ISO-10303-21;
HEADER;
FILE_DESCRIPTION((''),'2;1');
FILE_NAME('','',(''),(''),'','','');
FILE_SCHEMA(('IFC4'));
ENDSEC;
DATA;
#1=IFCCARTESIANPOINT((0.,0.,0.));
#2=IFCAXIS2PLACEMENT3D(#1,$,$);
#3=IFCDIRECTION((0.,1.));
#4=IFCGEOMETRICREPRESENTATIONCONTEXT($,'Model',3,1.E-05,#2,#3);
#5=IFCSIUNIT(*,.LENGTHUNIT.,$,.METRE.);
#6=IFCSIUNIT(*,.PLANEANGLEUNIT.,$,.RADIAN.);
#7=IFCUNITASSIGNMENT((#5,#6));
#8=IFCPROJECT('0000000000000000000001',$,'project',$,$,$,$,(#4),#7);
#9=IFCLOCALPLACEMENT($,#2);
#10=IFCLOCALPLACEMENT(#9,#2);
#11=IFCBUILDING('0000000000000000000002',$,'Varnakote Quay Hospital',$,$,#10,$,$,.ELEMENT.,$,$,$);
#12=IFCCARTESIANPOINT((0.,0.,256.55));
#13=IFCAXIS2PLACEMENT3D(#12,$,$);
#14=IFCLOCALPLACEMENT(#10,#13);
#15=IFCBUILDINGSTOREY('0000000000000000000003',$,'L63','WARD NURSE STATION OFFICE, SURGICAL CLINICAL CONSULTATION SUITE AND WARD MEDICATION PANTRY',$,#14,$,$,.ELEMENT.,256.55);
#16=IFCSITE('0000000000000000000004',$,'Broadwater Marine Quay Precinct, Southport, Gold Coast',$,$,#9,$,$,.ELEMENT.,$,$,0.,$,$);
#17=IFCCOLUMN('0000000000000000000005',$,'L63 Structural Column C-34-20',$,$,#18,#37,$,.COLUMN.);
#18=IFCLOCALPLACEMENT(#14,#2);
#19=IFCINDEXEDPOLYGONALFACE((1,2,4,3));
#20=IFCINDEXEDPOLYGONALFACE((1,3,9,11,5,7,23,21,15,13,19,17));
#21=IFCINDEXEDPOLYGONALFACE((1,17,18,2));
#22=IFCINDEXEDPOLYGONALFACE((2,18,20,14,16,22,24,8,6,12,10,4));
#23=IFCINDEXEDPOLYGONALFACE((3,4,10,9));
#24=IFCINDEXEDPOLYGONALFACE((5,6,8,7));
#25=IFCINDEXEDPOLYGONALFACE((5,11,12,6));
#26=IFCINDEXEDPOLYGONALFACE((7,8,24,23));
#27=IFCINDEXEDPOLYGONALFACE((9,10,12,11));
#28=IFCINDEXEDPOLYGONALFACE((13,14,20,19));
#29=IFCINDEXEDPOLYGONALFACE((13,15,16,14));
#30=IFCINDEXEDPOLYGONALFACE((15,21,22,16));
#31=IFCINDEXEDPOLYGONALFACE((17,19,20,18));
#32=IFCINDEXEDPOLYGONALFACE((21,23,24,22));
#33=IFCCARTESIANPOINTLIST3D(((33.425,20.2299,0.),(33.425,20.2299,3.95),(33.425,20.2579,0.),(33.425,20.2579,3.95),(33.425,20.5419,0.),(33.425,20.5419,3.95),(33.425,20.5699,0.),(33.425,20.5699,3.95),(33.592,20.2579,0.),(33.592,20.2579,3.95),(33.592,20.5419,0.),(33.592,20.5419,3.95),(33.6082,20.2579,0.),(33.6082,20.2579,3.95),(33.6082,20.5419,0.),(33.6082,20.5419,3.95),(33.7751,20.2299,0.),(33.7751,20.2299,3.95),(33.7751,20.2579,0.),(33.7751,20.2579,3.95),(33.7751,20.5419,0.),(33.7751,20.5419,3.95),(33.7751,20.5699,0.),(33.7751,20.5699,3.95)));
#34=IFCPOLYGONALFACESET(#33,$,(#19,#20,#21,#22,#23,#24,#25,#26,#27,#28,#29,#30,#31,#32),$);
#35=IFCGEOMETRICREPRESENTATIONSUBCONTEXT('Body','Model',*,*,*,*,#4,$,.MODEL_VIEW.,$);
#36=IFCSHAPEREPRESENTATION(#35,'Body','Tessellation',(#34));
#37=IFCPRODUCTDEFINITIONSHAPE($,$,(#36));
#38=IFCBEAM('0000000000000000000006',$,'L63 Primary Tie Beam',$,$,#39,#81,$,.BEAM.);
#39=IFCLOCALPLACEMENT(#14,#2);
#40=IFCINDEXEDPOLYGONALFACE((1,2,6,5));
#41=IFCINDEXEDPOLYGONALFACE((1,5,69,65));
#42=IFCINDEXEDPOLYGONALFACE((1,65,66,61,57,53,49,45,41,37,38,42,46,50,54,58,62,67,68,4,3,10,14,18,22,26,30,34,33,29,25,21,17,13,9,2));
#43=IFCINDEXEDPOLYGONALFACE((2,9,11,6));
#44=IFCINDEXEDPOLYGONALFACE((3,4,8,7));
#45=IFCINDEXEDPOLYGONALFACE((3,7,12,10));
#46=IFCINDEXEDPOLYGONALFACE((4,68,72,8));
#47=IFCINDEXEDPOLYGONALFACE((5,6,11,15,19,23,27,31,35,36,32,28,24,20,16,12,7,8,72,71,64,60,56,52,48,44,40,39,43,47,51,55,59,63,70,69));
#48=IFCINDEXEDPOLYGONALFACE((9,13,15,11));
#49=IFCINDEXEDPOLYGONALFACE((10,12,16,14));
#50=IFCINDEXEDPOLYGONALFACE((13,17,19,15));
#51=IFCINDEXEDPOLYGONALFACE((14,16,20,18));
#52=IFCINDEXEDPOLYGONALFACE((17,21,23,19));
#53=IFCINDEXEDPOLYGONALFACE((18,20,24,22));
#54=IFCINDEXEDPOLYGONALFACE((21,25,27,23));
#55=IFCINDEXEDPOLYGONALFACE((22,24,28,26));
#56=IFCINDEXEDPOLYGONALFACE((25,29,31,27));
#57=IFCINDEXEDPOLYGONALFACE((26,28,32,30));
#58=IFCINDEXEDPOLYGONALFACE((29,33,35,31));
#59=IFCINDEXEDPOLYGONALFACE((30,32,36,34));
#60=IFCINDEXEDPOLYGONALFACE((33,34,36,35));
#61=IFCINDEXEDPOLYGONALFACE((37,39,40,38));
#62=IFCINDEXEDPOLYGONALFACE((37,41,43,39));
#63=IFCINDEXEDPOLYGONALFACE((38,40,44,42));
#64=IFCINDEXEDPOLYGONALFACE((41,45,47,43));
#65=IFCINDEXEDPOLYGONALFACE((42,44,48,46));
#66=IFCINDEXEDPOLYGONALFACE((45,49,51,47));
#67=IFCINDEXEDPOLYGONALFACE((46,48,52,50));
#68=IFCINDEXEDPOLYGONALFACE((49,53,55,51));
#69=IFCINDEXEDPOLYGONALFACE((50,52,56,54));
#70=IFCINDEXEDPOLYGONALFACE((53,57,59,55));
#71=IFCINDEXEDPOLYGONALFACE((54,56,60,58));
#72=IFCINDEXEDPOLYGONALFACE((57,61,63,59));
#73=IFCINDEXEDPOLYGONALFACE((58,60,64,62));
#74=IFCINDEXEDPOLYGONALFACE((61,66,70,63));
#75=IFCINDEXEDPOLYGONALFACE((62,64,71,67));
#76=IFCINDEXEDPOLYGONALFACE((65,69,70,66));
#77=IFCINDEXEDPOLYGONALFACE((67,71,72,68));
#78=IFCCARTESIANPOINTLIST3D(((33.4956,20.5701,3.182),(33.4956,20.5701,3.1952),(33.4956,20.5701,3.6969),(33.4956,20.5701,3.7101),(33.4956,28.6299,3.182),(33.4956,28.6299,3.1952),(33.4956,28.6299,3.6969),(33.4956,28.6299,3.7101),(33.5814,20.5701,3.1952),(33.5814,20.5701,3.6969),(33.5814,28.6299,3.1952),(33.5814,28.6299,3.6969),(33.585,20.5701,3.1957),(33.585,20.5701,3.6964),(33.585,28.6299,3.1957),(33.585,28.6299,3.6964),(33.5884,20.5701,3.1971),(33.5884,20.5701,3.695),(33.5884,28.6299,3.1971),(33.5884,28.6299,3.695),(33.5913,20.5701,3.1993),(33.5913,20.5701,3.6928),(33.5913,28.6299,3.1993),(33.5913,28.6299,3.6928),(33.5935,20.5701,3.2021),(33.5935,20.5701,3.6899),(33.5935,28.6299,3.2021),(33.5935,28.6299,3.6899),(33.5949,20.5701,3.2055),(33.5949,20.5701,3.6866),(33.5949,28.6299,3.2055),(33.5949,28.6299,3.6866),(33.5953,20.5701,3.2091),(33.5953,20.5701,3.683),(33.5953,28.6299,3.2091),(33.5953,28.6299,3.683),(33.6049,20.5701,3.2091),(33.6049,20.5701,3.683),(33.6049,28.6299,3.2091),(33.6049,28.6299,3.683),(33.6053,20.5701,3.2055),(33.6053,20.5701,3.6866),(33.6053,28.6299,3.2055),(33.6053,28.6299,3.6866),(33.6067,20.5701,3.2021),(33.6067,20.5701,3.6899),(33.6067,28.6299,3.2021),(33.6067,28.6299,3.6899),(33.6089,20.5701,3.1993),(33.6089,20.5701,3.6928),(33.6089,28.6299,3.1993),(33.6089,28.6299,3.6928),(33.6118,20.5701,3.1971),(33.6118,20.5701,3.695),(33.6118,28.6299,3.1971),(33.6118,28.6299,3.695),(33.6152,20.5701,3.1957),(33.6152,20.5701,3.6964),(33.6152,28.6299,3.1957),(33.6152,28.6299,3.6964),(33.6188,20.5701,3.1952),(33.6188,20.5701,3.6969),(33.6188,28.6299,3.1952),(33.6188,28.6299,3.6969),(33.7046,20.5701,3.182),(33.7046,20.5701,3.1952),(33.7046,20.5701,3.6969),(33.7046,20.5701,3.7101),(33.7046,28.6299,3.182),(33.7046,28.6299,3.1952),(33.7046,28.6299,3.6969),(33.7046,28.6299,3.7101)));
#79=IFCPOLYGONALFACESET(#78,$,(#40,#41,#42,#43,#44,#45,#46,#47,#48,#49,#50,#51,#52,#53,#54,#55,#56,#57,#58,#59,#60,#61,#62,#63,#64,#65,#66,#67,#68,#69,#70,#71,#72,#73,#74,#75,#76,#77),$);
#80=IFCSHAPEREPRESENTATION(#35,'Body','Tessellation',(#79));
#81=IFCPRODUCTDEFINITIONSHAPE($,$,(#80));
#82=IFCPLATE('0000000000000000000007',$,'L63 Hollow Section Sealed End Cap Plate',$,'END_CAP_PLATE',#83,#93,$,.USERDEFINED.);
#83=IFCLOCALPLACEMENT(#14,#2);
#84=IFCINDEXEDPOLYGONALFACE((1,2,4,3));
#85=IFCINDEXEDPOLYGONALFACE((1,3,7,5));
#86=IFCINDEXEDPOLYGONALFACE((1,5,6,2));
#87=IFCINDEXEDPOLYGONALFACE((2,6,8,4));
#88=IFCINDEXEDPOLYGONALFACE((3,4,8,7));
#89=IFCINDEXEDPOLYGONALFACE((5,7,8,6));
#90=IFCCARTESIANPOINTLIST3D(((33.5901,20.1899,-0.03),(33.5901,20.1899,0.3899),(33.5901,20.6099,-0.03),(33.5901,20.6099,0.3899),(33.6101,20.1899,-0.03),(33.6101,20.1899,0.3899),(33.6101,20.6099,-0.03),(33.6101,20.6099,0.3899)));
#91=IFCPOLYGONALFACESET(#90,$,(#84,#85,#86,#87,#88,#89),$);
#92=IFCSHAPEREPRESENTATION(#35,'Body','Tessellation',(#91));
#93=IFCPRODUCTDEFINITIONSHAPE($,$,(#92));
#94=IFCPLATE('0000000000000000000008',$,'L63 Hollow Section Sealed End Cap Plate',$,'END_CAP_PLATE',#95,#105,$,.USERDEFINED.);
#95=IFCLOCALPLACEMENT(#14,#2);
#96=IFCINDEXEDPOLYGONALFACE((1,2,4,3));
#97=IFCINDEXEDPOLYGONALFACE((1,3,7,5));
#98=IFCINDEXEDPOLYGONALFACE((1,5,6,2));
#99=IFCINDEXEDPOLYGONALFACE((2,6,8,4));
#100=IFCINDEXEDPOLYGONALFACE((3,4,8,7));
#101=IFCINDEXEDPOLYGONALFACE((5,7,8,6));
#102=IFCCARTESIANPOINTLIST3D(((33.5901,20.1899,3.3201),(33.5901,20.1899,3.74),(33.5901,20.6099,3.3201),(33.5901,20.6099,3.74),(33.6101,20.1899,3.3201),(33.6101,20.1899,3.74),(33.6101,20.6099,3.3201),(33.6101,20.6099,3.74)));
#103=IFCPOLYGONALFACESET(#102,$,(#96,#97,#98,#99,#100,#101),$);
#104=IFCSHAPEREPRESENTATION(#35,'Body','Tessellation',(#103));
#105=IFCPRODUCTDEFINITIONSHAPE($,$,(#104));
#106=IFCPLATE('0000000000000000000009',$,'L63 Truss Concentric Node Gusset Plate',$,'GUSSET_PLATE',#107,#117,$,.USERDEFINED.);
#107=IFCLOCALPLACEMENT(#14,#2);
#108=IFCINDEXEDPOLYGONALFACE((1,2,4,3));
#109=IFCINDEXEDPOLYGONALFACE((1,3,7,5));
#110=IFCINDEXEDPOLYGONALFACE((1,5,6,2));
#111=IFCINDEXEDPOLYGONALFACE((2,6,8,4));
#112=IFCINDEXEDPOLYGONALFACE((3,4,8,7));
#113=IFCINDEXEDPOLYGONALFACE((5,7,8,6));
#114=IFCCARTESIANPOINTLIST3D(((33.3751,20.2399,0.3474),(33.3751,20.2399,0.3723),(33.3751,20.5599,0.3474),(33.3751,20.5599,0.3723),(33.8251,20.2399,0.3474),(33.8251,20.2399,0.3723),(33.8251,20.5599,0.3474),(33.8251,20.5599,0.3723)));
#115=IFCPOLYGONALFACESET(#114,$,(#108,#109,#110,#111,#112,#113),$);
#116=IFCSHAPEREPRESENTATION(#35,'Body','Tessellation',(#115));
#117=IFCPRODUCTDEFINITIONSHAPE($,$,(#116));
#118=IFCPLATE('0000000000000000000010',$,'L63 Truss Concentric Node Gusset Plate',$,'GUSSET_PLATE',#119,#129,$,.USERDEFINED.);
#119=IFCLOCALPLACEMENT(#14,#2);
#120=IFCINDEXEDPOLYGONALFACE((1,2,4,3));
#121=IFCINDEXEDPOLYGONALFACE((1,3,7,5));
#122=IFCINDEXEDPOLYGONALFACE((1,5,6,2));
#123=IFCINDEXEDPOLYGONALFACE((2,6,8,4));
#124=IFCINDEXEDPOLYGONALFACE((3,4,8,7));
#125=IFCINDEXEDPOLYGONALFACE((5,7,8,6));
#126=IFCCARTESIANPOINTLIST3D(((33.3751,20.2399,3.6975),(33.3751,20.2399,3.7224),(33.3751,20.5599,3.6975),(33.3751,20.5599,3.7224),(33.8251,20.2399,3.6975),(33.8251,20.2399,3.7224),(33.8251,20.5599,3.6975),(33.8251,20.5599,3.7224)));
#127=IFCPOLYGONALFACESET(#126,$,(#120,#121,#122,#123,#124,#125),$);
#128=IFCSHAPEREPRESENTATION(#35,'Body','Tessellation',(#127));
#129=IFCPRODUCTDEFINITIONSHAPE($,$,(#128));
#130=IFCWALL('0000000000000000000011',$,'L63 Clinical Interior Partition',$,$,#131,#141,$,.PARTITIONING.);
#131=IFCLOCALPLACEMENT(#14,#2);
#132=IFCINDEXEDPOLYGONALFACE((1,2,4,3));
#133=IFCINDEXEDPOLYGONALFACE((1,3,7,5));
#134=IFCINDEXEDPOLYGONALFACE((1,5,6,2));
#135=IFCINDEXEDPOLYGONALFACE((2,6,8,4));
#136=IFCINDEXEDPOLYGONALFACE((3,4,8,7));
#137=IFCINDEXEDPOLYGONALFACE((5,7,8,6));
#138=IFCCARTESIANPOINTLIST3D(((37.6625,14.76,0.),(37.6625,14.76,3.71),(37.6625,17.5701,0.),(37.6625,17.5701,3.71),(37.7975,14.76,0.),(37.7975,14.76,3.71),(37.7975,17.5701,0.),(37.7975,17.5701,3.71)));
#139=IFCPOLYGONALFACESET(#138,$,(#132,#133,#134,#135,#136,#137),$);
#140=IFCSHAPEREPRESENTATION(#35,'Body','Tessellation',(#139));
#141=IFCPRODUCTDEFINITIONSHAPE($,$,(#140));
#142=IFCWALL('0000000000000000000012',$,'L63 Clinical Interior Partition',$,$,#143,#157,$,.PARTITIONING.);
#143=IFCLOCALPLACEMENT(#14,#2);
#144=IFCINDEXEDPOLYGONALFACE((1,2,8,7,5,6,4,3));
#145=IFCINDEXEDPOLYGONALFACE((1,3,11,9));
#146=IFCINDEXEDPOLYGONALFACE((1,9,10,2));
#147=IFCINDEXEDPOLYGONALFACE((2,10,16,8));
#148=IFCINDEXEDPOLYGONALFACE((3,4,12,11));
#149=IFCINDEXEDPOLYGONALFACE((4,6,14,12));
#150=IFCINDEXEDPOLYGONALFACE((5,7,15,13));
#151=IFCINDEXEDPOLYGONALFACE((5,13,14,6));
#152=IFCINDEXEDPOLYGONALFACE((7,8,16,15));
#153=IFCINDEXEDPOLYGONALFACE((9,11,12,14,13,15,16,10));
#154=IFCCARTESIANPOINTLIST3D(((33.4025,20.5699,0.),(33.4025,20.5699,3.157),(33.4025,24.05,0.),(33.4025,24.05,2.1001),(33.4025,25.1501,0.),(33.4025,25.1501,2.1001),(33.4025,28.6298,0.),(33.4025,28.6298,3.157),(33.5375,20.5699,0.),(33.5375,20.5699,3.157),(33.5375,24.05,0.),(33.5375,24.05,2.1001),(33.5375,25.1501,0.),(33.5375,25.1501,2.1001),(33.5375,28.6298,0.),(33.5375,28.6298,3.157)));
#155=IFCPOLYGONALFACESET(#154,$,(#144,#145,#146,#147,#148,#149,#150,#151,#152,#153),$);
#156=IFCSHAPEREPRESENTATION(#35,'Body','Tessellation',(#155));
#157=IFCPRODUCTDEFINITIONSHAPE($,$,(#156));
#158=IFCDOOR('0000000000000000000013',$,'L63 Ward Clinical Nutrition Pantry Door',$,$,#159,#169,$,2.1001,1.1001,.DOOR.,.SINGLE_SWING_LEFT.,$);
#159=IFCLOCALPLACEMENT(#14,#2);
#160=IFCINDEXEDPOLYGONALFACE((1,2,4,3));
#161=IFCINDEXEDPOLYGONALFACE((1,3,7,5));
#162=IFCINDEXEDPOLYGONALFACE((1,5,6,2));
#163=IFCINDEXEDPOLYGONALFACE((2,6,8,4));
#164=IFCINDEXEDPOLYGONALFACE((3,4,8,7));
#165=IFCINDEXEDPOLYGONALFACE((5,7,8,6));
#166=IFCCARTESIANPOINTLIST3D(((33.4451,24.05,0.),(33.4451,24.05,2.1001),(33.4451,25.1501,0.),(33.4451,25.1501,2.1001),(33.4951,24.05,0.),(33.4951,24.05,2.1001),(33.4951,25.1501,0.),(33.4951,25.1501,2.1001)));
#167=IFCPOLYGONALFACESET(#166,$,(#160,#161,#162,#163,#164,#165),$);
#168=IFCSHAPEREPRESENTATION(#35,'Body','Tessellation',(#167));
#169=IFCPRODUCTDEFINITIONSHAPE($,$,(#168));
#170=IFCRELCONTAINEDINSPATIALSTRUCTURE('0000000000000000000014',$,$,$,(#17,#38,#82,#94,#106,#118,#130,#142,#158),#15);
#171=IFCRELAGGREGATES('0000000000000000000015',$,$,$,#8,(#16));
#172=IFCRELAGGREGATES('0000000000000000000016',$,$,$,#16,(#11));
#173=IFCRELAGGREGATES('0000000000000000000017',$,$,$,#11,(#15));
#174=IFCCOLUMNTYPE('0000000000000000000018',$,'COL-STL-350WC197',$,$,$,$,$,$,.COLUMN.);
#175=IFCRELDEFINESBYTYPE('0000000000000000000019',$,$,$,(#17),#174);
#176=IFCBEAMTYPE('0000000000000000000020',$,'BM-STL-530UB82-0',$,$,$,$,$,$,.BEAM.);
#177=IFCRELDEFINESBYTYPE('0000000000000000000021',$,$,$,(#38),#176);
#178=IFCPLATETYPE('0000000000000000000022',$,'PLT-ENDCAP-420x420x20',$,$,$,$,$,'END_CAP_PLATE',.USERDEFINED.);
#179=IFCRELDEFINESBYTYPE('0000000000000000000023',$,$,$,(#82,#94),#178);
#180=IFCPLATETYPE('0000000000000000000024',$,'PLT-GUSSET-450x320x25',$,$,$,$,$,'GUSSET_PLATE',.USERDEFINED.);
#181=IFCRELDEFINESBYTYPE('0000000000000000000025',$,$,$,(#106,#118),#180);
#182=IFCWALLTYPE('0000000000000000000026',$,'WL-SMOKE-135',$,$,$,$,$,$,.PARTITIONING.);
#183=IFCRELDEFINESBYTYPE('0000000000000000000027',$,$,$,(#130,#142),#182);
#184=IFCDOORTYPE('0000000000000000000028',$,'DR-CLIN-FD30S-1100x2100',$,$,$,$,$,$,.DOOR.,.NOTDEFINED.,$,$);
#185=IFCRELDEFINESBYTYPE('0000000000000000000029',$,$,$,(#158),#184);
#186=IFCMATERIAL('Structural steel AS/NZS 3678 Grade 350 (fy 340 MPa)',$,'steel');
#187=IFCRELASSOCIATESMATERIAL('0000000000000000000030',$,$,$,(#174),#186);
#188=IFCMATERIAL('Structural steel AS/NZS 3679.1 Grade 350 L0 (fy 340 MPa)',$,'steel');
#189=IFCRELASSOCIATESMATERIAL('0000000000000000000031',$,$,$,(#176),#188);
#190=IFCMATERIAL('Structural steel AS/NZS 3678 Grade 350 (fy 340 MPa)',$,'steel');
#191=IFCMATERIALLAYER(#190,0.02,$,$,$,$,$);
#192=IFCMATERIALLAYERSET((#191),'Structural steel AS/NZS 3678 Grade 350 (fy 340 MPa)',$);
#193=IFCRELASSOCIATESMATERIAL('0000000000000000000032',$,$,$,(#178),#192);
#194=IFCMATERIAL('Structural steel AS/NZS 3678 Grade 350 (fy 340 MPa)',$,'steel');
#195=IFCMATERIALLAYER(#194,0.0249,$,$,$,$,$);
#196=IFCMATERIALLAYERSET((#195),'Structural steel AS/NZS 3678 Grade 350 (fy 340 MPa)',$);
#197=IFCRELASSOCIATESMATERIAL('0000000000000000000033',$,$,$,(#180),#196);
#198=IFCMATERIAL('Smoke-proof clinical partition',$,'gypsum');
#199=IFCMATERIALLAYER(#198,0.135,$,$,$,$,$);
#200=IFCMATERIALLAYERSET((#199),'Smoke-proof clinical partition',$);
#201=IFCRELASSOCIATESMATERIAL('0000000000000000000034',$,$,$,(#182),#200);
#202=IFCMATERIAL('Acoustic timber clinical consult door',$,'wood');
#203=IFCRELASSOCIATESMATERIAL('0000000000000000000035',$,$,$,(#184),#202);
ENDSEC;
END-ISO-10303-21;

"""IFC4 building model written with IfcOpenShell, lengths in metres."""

from ifc_helpers import new_model, si_unit, direction, frame, frame_2d, origin, origin_2d, place, context, subcontext, project, spatial, rectangle, i_section, extrude, material, layer, layer_set, material_profile, profile_set, type_object, element, fill, save


model = new_model("IFC4")

# Units and contexts
model_context = context("Model", 3, precision=1e-05, world=origin(), true_north=direction((0.0, 1.0)))
body_context = subcontext(model_context, "Body", "Model", "MODEL_VIEW")
ifc_project = project(units=[si_unit("LENGTHUNIT", "METRE"), si_unit("PLANEANGLEUNIT", "RADIAN")], contexts=[model_context])

# Site, building, storey
site_placement = place(None, origin())
site = spatial("IfcSite", under=ifc_project, at=site_placement, Name="Broadwater Marine Quay Precinct, Southport, Gold Coast", CompositionType="ELEMENT", RefElevation=0.0)
building_placement = place(site_placement, origin())
building = spatial("IfcBuilding", under=site, at=building_placement, Name="Varnakote Quay Hospital", CompositionType="ELEMENT")
storey_placement = place(building_placement, frame((0.0, 0.0, 256.55)))
storey = spatial("IfcBuildingStorey", under=building, at=storey_placement, Name="L63", Description="WARD NURSE STATION OFFICE, SURGICAL CLINICAL CONSULTATION SUITE AND WARD MEDICATION PANTRY", CompositionType="ELEMENT", Elevation=256.55)

# Column
ifc_material_1 = material(Name="Structural steel AS/NZS 3678 Grade 350 (fy 340 MPa)", Category="steel")
ifc_material_profile_1 = material_profile(ifc_material_1, i_section(OverallWidth=0.3501, OverallDepth=0.3401, WebThickness=0.0161, FlangeThickness=0.0281, at=origin_2d()), Name="350WC197")
ifc_profile_set_1 = profile_set([ifc_material_profile_1], Name="Structural steel AS/NZS 3678 Grade 350 (fy 340 MPa)")
column_type = type_object("IfcColumnType", Name="COL-STL-350WC197", PredefinedType="COLUMN", material=ifc_profile_set_1)
column_placement = place(storey_placement, frame((33.6001, 20.3999, 0.0), z_axis=(0.0, 0.0, 1.0), x_axis=(1.0, 0.0, 0.0)))
element("IfcColumn", 1, at=column_placement, inside=storey, type_object=column_type, Name="L63 Structural Column C-34-20", PredefinedType="COLUMN", context=body_context, shape_type="SweptSolid", body=[
    extrude(i_section(OverallWidth=0.3501, OverallDepth=0.3401, WebThickness=0.0161, FlangeThickness=0.0281, at=origin_2d()), origin(), (0.0, 0.0, 1.0), 3.95),
])

# Beam
ifc_material_2 = material(Name="Structural steel AS/NZS 3679.1 Grade 350 L0 (fy 340 MPa)", Category="steel")
ifc_material_profile_2 = material_profile(ifc_material_2, i_section(OverallWidth=0.209, OverallDepth=0.5281, WebThickness=0.0095, FlangeThickness=0.0132, FilletRadius=0.0139, at=origin_2d()), Name="530UB82.0")
ifc_profile_set_2 = profile_set([ifc_material_profile_2], Name="Structural steel AS/NZS 3679.1 Grade 350 L0 (fy 340 MPa)")
beam_type = type_object("IfcBeamType", Name="BM-STL-530UB82-0", PredefinedType="BEAM", material=ifc_profile_set_2)
beam_placement = place(storey_placement, frame((33.6001, 20.5701, 3.446), z_axis=(0.0, 1.0, 0.0), x_axis=(-1.0, 0.0, 0.0)))
element("IfcBeam", 2, at=beam_placement, inside=storey, type_object=beam_type, Name="L63 Primary Tie Beam", PredefinedType="BEAM", context=body_context, shape_type="SweptSolid", body=[
    extrude(i_section(OverallWidth=0.209, OverallDepth=0.5281, WebThickness=0.0095, FlangeThickness=0.0132, FilletRadius=0.0139, at=origin_2d()), origin(), (0.0, 0.0, 1.0), 8.0598),
])

# Plates
ifc_material_3 = material(Name="Structural steel AS/NZS 3678 Grade 350 (fy 340 MPa)", Category="steel")
ifc_layer_1 = layer(ifc_material_3, 0.02)
ifc_layer_set_1 = layer_set([ifc_layer_1], Name="Structural steel AS/NZS 3678 Grade 350 (fy 340 MPa)")
plate_type_1 = type_object("IfcPlateType", Name="PLT-ENDCAP-420x420x20", ElementType="END_CAP_PLATE", PredefinedType="USERDEFINED", material=ifc_layer_set_1)
for number, where, z_axis, x_axis, name in (
    (3, (33.6001, 20.3999, -0.03), (0.0, 0.0, 1.0), (1.0, 0.0, 0.0), "L63 Hollow Section Sealed End Cap Plate"),
    (4, (33.6001, 20.3999, 3.3201), (0.0, 0.0, 1.0), (1.0, 0.0, 0.0), "L63 Hollow Section Sealed End Cap Plate"),
):
    element("IfcPlate", number, at=place(storey_placement, frame(where, z_axis=z_axis, x_axis=x_axis)), inside=storey, type_object=plate_type_1, Name=name, ObjectType="END_CAP_PLATE", PredefinedType="USERDEFINED", context=body_context, shape_type="SweptSolid", body=[
        extrude(rectangle(XDim=0.02, YDim=0.4199, at=origin_2d()), origin(), (0.0, 0.0, 1.0), 0.4199),
    ])
ifc_material_4 = material(Name="Structural steel AS/NZS 3678 Grade 350 (fy 340 MPa)", Category="steel")
ifc_layer_2 = layer(ifc_material_4, 0.0249)
ifc_layer_set_2 = layer_set([ifc_layer_2], Name="Structural steel AS/NZS 3678 Grade 350 (fy 340 MPa)")
plate_type_2 = type_object("IfcPlateType", Name="PLT-GUSSET-450x320x25", ElementType="GUSSET_PLATE", PredefinedType="USERDEFINED", material=ifc_layer_set_2)
for number, where, z_axis, x_axis, name in (
    (5, (33.6001, 20.3999, 0.3474), (0.0, 0.0, 1.0), (1.0, 0.0, 0.0), "L63 Truss Concentric Node Gusset Plate"),
    (6, (33.6001, 20.3999, 3.6975), (0.0, 0.0, 1.0), (1.0, 0.0, 0.0), "L63 Truss Concentric Node Gusset Plate"),
):
    element("IfcPlate", number, at=place(storey_placement, frame(where, z_axis=z_axis, x_axis=x_axis)), inside=storey, type_object=plate_type_2, Name=name, ObjectType="GUSSET_PLATE", PredefinedType="USERDEFINED", context=body_context, shape_type="SweptSolid", body=[
        extrude(rectangle(XDim=0.45, YDim=0.3201, at=origin_2d()), origin(), (0.0, 0.0, 1.0), 0.0249),
    ])

# Wall
ifc_material_5 = material(Name="Smoke-proof clinical partition", Category="gypsum")
ifc_layer_3 = layer(ifc_material_5, 0.135)
ifc_layer_set_3 = layer_set([ifc_layer_3], Name="Smoke-proof clinical partition")
wall_type_1 = type_object("IfcWallType", Name="WL-SMOKE-135", PredefinedType="PARTITIONING", material=ifc_layer_set_3)
wall_1_placement = place(storey_placement, frame((37.73, 14.76, 0.0), z_axis=(0.0, 0.0, 1.0), x_axis=(0.0, 1.0, 0.0)))
element("IfcWall", 7, at=wall_1_placement, inside=storey, type_object=wall_type_1, Name="L63 Clinical Interior Partition", PredefinedType="PARTITIONING", context=body_context, shape_type="SweptSolid", body=[
    extrude(rectangle(XDim=2.8101, YDim=0.135, at=frame_2d((1.405, 0.0))), origin(), (0.0, 0.0, 1.0), 3.71),
])

# Wall, opening, door
wall_2_placement = place(storey_placement, frame((33.47, 20.5701, 0.0), z_axis=(0.0, 0.0, 1.0), x_axis=(0.0, 1.0, 0.0)))
wall_2 = element("IfcWall", 8, at=wall_2_placement, inside=storey, type_object=wall_type_1, Name="L63 Clinical Interior Partition", PredefinedType="PARTITIONING", context=body_context, shape_type="SweptSolid", body=[
    extrude(rectangle(XDim=8.0598, YDim=0.135, at=frame_2d((4.0298, 0.0))), origin(), (0.0, 0.0, 1.0), 3.157),
])
opening_1_placement = place(wall_2_placement, frame((3.48, 0.0, 0.0)))
opening_1 = element("IfcOpeningElement", 9, at=opening_1_placement, cuts=wall_2, PredefinedType="OPENING", context=body_context, shape_type="SweptSolid", body=[
    extrude(rectangle(XDim=1.1001, YDim=2.1001, at=frame_2d((0.55, 1.05))), frame((0.0, 0.0774, 0.0), z_axis=(0.0, -1.0, 0.0), x_axis=(1.0, 0.0, 0.0)), (0.0, 0.0, 1.0), 0.155),
])
ifc_material_6 = material(Name="Acoustic timber clinical consult door", Category="wood")
door_type = type_object("IfcDoorType", Name="DR-CLIN-FD30S-1100x2100", OperationType="NOTDEFINED", PredefinedType="DOOR", material=ifc_material_6)
door_1_placement = place(opening_1_placement, origin())
door_1 = element("IfcDoor", 10, at=door_1_placement, inside=storey, type_object=door_type, Name="L63 Ward Clinical Nutrition Pantry Door", OperationType="SINGLE_SWING_LEFT", OverallHeight=2.1001, OverallWidth=1.1001, PredefinedType="DOOR", context=body_context, shape_type="SweptSolid", body=[
    extrude(rectangle(XDim=1.1001, YDim=2.1001, at=frame_2d((0.55, 1.05))), frame((0.0, 0.0249, 0.0), z_axis=(0.0, -1.0, 0.0), x_axis=(1.0, 0.0, 0.0)), (0.0, 0.0, 1.0), 0.05),
])
fill(opening_1, door_1)

save(model, "model.ifc")
